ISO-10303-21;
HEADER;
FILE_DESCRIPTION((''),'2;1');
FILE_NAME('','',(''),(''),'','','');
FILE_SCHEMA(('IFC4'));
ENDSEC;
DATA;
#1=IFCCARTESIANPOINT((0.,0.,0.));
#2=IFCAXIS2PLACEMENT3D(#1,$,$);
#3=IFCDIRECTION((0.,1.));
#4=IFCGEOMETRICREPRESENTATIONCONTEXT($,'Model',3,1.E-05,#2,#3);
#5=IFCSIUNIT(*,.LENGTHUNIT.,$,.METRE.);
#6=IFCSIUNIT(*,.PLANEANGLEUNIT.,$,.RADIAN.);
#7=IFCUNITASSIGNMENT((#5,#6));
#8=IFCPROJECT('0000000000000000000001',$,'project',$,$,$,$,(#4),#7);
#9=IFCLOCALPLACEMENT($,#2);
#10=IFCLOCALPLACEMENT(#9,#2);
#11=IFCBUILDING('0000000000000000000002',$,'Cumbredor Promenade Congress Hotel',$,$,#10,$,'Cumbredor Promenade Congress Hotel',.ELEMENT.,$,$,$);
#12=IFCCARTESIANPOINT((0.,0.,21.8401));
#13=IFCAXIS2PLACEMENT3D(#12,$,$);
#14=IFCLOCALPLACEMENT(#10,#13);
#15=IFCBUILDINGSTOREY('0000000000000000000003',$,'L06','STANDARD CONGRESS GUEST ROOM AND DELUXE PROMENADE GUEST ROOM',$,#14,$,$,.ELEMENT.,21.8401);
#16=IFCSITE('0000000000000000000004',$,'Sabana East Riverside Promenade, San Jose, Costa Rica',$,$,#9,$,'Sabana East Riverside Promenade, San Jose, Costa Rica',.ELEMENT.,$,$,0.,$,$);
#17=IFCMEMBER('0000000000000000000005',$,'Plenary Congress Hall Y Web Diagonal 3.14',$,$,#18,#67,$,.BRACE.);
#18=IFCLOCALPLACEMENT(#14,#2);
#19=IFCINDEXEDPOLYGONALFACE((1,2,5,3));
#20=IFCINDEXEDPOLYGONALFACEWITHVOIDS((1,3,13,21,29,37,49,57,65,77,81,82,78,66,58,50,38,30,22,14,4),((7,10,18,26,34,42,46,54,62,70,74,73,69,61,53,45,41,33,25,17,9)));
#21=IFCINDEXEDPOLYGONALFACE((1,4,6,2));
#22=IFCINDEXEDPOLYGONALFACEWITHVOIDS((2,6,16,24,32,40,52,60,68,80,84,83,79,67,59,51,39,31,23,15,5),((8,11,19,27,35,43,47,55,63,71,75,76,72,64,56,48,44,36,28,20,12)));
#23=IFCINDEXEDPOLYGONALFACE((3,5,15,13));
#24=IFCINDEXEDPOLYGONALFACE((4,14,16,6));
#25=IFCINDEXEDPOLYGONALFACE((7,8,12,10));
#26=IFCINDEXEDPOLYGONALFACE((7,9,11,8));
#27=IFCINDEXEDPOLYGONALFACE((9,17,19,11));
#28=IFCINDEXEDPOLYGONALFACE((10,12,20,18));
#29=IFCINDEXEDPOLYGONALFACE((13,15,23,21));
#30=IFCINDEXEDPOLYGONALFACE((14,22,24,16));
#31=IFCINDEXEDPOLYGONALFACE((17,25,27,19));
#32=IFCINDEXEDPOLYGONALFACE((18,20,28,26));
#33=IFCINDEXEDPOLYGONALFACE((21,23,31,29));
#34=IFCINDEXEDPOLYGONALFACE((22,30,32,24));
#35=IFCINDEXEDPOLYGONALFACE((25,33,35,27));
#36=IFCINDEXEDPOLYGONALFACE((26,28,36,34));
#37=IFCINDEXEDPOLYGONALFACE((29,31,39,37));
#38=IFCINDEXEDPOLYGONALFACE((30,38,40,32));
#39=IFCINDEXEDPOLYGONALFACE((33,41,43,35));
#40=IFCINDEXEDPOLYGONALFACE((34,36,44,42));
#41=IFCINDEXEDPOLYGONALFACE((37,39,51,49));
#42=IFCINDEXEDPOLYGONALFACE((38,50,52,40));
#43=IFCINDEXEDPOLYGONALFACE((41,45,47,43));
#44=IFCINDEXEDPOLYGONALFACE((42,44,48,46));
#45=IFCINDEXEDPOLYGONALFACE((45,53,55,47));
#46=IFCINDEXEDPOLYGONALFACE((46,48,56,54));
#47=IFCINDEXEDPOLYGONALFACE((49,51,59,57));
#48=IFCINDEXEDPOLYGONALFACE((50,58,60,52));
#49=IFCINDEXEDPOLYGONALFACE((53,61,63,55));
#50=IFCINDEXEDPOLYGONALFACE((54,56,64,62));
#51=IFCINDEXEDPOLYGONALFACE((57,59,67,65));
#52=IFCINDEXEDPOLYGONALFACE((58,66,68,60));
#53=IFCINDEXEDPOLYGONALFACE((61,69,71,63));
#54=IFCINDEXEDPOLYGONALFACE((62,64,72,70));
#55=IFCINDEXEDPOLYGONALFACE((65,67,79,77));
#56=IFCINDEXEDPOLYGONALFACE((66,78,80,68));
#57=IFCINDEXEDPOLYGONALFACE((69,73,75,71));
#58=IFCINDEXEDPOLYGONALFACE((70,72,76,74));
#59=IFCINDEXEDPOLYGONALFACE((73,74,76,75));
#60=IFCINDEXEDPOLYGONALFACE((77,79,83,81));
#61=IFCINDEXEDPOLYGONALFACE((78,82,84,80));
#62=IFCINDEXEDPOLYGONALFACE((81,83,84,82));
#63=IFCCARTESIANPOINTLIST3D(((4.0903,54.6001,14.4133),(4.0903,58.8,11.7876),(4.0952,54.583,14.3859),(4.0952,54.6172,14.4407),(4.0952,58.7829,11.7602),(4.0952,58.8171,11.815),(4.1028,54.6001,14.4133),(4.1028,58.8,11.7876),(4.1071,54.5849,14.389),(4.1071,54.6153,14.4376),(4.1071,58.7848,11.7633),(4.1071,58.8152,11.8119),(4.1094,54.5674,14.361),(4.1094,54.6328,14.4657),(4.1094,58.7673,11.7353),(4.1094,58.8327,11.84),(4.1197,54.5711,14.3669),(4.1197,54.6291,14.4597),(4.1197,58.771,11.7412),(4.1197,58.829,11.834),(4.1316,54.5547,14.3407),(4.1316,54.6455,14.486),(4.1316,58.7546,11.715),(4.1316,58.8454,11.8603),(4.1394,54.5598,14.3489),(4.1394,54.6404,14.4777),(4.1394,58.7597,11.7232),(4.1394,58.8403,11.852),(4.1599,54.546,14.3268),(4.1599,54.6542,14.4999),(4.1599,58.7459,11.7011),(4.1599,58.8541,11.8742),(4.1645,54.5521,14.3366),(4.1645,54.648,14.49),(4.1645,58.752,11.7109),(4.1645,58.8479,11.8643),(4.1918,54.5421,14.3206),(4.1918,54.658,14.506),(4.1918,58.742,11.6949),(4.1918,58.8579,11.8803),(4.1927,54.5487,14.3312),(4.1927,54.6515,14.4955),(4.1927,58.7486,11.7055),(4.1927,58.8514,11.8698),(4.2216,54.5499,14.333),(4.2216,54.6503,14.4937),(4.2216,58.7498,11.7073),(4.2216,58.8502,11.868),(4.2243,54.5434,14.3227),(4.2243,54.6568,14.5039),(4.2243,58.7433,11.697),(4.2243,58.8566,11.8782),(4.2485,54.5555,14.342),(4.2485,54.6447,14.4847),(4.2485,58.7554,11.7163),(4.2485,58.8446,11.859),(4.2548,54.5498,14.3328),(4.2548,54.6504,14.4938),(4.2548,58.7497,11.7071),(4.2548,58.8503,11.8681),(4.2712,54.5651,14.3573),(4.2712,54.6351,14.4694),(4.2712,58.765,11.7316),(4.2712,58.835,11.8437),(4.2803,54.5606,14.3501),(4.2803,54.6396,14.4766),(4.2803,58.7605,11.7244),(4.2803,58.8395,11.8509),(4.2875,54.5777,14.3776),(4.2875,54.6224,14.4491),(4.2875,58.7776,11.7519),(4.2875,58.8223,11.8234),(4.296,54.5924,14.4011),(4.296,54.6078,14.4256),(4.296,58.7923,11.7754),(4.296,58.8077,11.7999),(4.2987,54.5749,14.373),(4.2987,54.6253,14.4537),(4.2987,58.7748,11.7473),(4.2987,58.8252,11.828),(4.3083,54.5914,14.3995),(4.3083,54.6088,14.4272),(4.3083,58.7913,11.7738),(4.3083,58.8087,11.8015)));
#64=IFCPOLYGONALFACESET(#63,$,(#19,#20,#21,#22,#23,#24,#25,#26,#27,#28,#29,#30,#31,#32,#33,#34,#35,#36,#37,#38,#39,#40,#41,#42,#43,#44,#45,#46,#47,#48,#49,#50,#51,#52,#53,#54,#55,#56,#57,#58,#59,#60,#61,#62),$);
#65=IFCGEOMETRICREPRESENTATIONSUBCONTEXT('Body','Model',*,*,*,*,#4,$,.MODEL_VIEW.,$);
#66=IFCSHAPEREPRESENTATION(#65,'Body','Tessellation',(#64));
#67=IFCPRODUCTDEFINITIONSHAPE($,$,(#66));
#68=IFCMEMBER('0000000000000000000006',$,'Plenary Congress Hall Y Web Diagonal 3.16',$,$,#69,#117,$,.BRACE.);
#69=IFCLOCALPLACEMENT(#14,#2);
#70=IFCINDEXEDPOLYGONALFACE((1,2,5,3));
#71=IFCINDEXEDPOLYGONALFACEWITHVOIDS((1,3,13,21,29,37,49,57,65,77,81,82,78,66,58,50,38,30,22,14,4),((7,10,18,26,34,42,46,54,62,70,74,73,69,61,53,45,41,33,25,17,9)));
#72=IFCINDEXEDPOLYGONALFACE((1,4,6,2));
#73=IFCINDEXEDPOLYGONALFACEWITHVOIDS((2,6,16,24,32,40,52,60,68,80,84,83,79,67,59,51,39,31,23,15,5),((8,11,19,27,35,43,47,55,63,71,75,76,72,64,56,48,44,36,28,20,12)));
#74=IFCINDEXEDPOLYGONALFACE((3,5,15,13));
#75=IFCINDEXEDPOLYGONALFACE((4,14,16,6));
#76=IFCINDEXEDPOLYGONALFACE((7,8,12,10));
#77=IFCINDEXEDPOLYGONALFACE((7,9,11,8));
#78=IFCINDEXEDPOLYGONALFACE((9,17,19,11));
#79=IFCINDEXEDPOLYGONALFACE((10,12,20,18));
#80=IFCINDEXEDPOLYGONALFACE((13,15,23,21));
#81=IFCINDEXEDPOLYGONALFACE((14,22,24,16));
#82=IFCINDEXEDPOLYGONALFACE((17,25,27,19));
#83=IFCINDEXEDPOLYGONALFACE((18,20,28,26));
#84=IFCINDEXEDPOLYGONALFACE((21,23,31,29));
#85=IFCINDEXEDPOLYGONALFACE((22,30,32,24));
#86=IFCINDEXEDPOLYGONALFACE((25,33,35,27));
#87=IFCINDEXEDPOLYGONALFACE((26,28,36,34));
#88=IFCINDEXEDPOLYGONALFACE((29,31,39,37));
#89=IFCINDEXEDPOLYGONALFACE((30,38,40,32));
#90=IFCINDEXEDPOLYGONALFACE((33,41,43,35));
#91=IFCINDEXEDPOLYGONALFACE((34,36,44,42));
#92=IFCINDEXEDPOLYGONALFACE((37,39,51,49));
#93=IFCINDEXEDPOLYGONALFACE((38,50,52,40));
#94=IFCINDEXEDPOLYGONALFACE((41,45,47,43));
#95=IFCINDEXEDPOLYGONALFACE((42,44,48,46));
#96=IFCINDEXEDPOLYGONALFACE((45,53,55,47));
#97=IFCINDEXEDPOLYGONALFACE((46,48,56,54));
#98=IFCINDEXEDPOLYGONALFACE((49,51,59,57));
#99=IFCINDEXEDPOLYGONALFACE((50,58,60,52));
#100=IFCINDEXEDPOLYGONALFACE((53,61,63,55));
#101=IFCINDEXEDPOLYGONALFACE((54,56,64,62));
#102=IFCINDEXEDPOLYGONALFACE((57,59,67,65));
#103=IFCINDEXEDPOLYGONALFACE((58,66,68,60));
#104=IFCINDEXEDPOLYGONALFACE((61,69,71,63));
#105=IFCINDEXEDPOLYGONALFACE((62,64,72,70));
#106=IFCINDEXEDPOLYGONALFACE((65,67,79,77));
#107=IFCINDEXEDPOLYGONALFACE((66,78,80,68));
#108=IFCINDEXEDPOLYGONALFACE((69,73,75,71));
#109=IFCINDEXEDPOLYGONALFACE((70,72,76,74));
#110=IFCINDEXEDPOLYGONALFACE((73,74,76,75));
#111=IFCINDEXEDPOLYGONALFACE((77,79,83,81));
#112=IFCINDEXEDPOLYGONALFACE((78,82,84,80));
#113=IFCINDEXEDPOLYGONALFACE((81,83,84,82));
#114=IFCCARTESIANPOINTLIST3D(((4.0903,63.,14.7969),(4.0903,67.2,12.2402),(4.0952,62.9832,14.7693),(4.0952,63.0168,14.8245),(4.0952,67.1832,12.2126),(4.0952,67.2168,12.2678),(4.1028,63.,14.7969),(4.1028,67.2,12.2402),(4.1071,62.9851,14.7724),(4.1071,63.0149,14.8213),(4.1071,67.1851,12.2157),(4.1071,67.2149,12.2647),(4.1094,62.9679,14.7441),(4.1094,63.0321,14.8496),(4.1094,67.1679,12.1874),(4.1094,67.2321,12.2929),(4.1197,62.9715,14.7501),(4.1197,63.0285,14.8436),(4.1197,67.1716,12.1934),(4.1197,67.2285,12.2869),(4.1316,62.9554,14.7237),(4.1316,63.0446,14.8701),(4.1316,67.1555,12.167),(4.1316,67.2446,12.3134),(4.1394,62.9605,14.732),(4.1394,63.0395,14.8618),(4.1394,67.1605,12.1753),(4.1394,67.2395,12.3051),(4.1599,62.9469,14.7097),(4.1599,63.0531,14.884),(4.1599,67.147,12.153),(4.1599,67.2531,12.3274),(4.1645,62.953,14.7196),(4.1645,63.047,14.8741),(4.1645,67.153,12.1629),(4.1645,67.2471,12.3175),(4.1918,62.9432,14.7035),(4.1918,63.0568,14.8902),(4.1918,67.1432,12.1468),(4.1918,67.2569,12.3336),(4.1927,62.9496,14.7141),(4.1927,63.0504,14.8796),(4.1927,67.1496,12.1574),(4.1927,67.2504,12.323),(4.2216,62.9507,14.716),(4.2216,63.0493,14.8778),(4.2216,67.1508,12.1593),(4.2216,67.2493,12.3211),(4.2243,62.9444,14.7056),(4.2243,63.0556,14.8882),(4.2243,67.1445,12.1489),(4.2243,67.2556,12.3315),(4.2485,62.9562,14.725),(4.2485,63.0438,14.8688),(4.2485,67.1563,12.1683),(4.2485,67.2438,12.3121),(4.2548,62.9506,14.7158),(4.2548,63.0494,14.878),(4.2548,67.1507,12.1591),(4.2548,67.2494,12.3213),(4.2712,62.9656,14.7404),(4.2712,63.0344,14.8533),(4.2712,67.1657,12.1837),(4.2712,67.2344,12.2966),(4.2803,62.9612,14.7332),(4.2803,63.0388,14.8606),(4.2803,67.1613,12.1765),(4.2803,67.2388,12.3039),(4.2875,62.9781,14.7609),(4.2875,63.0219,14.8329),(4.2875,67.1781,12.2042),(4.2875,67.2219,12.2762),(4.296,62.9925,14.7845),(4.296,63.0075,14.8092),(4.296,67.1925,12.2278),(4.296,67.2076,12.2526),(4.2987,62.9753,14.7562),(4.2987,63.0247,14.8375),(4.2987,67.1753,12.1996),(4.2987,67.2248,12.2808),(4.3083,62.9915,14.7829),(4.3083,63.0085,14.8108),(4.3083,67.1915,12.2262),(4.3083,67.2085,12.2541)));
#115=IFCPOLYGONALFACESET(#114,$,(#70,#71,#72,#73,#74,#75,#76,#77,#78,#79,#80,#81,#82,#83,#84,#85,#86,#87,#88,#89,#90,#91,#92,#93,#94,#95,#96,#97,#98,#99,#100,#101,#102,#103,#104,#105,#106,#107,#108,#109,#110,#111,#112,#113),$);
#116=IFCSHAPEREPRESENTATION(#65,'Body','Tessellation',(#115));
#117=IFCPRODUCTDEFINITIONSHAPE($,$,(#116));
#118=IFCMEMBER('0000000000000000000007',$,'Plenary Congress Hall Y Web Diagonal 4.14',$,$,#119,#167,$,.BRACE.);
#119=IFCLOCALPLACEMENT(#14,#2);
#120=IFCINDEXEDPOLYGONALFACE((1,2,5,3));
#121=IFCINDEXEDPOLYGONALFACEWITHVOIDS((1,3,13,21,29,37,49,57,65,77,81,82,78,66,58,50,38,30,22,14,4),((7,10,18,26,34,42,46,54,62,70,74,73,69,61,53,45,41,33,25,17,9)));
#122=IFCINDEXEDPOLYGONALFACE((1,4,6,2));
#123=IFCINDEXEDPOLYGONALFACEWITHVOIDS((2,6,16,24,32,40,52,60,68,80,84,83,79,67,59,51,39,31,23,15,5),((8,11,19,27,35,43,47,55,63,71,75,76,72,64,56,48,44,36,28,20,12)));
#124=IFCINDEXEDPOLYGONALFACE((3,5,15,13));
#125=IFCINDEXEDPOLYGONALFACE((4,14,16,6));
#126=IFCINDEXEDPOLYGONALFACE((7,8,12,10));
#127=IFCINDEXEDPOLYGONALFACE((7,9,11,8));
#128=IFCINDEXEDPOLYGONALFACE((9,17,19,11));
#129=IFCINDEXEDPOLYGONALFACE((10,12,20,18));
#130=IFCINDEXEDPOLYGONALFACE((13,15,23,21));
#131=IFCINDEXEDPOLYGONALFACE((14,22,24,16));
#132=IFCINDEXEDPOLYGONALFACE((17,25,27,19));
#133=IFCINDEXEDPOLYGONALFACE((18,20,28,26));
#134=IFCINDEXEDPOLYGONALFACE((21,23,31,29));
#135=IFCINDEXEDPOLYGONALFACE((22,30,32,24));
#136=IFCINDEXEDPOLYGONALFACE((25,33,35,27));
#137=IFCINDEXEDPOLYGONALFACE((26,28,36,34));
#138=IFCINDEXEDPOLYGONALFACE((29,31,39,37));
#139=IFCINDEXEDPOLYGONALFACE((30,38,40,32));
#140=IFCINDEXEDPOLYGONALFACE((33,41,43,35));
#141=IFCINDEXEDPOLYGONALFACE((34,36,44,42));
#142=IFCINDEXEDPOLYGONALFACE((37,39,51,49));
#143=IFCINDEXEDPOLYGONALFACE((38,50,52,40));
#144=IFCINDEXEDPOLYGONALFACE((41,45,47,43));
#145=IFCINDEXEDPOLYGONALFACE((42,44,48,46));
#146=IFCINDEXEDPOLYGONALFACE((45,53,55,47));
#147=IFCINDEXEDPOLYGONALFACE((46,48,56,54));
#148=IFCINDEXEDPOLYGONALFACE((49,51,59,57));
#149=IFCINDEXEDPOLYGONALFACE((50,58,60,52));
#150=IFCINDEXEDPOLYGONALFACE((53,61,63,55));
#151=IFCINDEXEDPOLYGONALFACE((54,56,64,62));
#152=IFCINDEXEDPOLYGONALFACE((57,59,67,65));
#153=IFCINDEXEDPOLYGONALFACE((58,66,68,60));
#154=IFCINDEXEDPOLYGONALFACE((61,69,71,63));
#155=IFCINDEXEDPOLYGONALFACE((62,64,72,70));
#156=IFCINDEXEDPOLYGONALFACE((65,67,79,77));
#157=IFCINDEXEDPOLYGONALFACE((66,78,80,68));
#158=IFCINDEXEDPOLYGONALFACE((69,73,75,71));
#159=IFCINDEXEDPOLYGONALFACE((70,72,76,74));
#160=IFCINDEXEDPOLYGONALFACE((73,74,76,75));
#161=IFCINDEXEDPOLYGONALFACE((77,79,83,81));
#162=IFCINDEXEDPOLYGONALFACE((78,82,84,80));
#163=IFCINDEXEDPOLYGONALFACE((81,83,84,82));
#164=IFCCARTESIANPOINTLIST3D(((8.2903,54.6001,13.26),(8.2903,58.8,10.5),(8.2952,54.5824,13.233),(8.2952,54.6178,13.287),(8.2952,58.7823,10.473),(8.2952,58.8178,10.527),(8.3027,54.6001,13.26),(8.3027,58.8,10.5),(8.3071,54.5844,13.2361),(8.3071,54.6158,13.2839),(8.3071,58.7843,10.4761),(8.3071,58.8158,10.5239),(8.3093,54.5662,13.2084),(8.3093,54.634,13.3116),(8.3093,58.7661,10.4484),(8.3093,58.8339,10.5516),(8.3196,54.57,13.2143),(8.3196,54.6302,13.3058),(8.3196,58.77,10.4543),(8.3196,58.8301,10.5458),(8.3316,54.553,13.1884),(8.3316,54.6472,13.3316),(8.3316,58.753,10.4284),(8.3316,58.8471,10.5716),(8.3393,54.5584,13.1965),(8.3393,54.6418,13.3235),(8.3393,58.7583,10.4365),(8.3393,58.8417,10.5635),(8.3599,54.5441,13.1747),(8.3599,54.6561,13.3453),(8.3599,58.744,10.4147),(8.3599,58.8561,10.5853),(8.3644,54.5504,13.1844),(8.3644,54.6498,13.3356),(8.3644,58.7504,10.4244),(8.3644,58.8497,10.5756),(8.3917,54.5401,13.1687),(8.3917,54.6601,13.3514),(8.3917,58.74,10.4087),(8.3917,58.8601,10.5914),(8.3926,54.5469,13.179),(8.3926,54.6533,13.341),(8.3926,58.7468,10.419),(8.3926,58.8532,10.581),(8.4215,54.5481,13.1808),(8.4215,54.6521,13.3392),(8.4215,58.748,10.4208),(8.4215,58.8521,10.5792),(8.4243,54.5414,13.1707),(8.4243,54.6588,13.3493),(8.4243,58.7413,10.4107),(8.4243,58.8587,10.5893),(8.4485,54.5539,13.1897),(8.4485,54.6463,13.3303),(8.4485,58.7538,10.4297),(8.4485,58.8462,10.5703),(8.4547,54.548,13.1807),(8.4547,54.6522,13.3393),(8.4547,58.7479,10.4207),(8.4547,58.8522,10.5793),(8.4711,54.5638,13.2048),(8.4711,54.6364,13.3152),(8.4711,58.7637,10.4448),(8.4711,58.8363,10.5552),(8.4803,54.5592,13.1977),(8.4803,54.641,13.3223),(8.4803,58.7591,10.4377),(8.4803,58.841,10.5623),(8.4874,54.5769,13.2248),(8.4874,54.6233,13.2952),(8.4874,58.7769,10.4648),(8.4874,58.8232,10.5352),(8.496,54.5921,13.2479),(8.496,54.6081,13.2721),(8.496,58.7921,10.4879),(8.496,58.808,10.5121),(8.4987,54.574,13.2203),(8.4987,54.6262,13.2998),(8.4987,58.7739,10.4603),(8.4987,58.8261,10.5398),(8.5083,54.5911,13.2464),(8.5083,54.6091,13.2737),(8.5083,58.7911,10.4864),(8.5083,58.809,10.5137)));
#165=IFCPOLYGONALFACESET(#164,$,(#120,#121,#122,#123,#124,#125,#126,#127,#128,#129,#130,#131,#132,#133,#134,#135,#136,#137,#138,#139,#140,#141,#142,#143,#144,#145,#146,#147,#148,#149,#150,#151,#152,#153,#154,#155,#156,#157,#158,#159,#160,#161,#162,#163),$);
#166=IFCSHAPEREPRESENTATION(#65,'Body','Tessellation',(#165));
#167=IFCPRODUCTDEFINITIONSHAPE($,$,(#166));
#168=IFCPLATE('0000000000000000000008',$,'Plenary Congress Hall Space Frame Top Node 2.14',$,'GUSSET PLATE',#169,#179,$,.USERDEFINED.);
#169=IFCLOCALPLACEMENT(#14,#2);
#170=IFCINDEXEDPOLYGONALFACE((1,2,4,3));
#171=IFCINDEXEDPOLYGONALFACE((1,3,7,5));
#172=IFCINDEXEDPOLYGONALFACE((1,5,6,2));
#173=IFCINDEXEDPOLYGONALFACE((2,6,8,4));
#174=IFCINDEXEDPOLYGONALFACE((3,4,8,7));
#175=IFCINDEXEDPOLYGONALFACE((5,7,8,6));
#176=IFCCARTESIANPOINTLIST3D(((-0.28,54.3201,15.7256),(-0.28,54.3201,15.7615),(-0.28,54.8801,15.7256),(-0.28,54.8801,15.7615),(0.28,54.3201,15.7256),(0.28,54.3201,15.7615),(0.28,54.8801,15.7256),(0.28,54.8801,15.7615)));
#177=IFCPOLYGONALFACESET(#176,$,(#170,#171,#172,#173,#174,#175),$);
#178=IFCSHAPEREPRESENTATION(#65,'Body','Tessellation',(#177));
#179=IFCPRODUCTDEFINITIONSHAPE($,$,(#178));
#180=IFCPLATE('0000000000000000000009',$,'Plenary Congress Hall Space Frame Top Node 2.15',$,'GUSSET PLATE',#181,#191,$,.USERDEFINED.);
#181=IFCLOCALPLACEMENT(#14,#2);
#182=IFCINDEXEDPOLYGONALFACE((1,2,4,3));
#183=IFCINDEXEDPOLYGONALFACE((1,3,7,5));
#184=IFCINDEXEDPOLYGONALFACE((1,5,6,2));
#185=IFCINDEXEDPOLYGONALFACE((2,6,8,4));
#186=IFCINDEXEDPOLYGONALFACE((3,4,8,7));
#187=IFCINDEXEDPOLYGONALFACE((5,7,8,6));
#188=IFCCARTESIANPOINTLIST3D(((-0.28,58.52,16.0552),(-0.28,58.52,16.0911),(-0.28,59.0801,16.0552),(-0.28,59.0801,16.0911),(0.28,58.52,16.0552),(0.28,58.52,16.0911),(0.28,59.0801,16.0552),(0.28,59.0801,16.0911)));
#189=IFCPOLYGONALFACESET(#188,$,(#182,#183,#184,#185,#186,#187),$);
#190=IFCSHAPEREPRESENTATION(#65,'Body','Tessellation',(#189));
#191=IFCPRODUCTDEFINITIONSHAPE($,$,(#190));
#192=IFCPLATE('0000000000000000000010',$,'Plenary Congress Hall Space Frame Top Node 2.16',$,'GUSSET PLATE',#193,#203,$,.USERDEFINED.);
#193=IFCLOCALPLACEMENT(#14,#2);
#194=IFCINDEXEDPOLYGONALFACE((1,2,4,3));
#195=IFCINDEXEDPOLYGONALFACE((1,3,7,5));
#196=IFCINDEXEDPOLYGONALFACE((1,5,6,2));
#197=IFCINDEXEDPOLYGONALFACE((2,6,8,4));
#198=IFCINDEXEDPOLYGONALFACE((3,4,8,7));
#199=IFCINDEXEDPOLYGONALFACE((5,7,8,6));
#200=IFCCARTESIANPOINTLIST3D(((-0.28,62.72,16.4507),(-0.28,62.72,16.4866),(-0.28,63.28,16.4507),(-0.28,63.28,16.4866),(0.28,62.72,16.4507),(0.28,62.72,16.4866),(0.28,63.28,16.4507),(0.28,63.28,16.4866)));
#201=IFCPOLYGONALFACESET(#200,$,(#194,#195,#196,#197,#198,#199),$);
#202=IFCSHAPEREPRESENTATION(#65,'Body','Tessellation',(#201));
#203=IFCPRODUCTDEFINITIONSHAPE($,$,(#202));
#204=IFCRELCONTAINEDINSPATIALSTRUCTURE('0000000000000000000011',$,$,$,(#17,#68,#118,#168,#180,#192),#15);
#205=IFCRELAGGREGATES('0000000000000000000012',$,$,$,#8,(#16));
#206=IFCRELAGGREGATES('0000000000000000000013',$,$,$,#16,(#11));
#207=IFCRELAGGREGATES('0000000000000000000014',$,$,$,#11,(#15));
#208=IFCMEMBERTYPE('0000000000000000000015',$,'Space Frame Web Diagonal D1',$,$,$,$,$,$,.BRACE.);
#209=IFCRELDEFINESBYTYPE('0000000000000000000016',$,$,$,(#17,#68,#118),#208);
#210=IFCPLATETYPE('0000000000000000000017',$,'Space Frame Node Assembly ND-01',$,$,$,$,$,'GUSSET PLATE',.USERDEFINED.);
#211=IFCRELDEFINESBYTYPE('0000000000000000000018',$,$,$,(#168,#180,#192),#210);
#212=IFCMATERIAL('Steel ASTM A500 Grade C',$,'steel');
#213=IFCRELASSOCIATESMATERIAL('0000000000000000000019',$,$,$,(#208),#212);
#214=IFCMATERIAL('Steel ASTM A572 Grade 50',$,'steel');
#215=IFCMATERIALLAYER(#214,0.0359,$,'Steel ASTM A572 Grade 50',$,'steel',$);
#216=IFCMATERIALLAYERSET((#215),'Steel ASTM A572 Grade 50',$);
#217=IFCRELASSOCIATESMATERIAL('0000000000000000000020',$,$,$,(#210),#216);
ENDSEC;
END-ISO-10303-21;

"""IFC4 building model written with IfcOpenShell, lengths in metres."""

from ifc_helpers import new_model, si_unit, direction, frame, origin, origin_2d, place, context, subcontext, project, spatial, rectangle, hollow_circle, extrude, material, layer, layer_set, material_profile, profile_set, type_object, element, save


model = new_model("IFC4")

# Units and contexts
model_context = context("Model", 3, precision=1e-05, world=origin(), true_north=direction((0.0, 1.0)))
body_context = subcontext(model_context, "Body", "Model", "MODEL_VIEW")
ifc_project = project(units=[si_unit("LENGTHUNIT", "METRE"), si_unit("PLANEANGLEUNIT", "RADIAN")], contexts=[model_context])

# Site, building, storey
site_placement = place(None, origin())
site = spatial("IfcSite", under=ifc_project, at=site_placement, Name="Sabana East Riverside Promenade, San Jose, Costa Rica", LongName="Sabana East Riverside Promenade, San Jose, Costa Rica", CompositionType="ELEMENT", RefElevation=0.0)
building_placement = place(site_placement, origin())
building = spatial("IfcBuilding", under=site, at=building_placement, Name="Cumbredor Promenade Congress Hotel", LongName="Cumbredor Promenade Congress Hotel", CompositionType="ELEMENT")
storey_placement = place(building_placement, frame((0.0, 0.0, 21.8401)))
storey = spatial("IfcBuildingStorey", under=building, at=storey_placement, Name="L06", Description="STANDARD CONGRESS GUEST ROOM AND DELUXE PROMENADE GUEST ROOM", CompositionType="ELEMENT", Elevation=21.8401)

# Members
ifc_material_1 = material(Name="Steel ASTM A500 Grade C", Category="steel")
ifc_material_profile_1 = material_profile(ifc_material_1, hollow_circle(Radius=0.1096, WallThickness=0.0125, at=origin_2d()), Name="CHS 219.1x12.5")
ifc_profile_set_1 = profile_set([ifc_material_profile_1], Name="Steel ASTM A500 Grade C")
member_type_1 = type_object("IfcMemberType", Name="Space Frame Web Diagonal D1", PredefinedType="BRACE", material=ifc_profile_set_1)
member_1_placement = place(storey_placement, frame((4.2, 54.6001, 14.4133), z_axis=(0.0, 0.847929, -0.53011), x_axis=(-1.0, 0.0, 0.0)))
element("IfcMember", 1, at=member_1_placement, inside=storey, type_object=member_type_1, Name="Plenary Congress Hall Y Web Diagonal 3.14", PredefinedType="BRACE", context=body_context, shape_type="SweptSolid", body=[
    extrude(hollow_circle(Radius=0.1096, WallThickness=0.0125, at=origin_2d()), origin(), (0.0, 0.0, 1.0), 4.9531),
])
member_2_placement = place(storey_placement, frame((4.2, 63.0, 14.7969), z_axis=(0.0, 0.854185, -0.519969), x_axis=(-1.0, 0.0, 0.0)))
element("IfcMember", 2, at=member_2_placement, inside=storey, type_object=member_type_1, Name="Plenary Congress Hall Y Web Diagonal 3.16", PredefinedType="BRACE", context=body_context, shape_type="SweptSolid", body=[
    extrude(hollow_circle(Radius=0.1096, WallThickness=0.0125, at=origin_2d()), origin(), (0.0, 0.0, 1.0), 4.917),
])
member_3_placement = place(storey_placement, frame((8.3999, 54.6001, 13.26), z_axis=(0.0, 0.835702, -0.549184), x_axis=(-1.0, 0.0, 0.0)))
element("IfcMember", 3, at=member_3_placement, inside=storey, type_object=member_type_1, Name="Plenary Congress Hall Y Web Diagonal 4.14", PredefinedType="BRACE", context=body_context, shape_type="SweptSolid", body=[
    extrude(hollow_circle(Radius=0.1096, WallThickness=0.0125, at=origin_2d()), origin(), (0.0, 0.0, 1.0), 5.0256),
])

# Plates
ifc_material_2 = material(Name="Steel ASTM A572 Grade 50", Category="steel")
ifc_layer = layer(ifc_material_2, 0.0359, Name="Steel ASTM A572 Grade 50", Category="steel")
ifc_layer_set = layer_set([ifc_layer], Name="Steel ASTM A572 Grade 50")
plate_type = type_object("IfcPlateType", Name="Space Frame Node Assembly ND-01", ElementType="GUSSET PLATE", PredefinedType="USERDEFINED", material=ifc_layer_set)
for number, where, z_axis, x_axis, name in (
    (4, (0.0, 54.6001, 15.7256), (0.0, 0.0, 1.0), (1.0, 0.0, 0.0), "Plenary Congress Hall Space Frame Top Node 2.14"),
    (5, (0.0, 58.8, 16.0552), (0.0, 0.0, 1.0), (1.0, 0.0, 0.0), "Plenary Congress Hall Space Frame Top Node 2.15"),
    (6, (0.0, 63.0, 16.4507), (0.0, 0.0, 1.0), (1.0, 0.0, 0.0), "Plenary Congress Hall Space Frame Top Node 2.16"),
):
    element("IfcPlate", number, at=place(storey_placement, frame(where, z_axis=z_axis, x_axis=x_axis)), inside=storey, type_object=plate_type, Name=name, ObjectType="GUSSET PLATE", PredefinedType="USERDEFINED", context=body_context, shape_type="SweptSolid", body=[
        extrude(rectangle(XDim=0.5601, YDim=0.5601, at=origin_2d()), origin(), (0.0, 0.0, 1.0), 0.0359),
    ])

save(model, "model.ifc")
